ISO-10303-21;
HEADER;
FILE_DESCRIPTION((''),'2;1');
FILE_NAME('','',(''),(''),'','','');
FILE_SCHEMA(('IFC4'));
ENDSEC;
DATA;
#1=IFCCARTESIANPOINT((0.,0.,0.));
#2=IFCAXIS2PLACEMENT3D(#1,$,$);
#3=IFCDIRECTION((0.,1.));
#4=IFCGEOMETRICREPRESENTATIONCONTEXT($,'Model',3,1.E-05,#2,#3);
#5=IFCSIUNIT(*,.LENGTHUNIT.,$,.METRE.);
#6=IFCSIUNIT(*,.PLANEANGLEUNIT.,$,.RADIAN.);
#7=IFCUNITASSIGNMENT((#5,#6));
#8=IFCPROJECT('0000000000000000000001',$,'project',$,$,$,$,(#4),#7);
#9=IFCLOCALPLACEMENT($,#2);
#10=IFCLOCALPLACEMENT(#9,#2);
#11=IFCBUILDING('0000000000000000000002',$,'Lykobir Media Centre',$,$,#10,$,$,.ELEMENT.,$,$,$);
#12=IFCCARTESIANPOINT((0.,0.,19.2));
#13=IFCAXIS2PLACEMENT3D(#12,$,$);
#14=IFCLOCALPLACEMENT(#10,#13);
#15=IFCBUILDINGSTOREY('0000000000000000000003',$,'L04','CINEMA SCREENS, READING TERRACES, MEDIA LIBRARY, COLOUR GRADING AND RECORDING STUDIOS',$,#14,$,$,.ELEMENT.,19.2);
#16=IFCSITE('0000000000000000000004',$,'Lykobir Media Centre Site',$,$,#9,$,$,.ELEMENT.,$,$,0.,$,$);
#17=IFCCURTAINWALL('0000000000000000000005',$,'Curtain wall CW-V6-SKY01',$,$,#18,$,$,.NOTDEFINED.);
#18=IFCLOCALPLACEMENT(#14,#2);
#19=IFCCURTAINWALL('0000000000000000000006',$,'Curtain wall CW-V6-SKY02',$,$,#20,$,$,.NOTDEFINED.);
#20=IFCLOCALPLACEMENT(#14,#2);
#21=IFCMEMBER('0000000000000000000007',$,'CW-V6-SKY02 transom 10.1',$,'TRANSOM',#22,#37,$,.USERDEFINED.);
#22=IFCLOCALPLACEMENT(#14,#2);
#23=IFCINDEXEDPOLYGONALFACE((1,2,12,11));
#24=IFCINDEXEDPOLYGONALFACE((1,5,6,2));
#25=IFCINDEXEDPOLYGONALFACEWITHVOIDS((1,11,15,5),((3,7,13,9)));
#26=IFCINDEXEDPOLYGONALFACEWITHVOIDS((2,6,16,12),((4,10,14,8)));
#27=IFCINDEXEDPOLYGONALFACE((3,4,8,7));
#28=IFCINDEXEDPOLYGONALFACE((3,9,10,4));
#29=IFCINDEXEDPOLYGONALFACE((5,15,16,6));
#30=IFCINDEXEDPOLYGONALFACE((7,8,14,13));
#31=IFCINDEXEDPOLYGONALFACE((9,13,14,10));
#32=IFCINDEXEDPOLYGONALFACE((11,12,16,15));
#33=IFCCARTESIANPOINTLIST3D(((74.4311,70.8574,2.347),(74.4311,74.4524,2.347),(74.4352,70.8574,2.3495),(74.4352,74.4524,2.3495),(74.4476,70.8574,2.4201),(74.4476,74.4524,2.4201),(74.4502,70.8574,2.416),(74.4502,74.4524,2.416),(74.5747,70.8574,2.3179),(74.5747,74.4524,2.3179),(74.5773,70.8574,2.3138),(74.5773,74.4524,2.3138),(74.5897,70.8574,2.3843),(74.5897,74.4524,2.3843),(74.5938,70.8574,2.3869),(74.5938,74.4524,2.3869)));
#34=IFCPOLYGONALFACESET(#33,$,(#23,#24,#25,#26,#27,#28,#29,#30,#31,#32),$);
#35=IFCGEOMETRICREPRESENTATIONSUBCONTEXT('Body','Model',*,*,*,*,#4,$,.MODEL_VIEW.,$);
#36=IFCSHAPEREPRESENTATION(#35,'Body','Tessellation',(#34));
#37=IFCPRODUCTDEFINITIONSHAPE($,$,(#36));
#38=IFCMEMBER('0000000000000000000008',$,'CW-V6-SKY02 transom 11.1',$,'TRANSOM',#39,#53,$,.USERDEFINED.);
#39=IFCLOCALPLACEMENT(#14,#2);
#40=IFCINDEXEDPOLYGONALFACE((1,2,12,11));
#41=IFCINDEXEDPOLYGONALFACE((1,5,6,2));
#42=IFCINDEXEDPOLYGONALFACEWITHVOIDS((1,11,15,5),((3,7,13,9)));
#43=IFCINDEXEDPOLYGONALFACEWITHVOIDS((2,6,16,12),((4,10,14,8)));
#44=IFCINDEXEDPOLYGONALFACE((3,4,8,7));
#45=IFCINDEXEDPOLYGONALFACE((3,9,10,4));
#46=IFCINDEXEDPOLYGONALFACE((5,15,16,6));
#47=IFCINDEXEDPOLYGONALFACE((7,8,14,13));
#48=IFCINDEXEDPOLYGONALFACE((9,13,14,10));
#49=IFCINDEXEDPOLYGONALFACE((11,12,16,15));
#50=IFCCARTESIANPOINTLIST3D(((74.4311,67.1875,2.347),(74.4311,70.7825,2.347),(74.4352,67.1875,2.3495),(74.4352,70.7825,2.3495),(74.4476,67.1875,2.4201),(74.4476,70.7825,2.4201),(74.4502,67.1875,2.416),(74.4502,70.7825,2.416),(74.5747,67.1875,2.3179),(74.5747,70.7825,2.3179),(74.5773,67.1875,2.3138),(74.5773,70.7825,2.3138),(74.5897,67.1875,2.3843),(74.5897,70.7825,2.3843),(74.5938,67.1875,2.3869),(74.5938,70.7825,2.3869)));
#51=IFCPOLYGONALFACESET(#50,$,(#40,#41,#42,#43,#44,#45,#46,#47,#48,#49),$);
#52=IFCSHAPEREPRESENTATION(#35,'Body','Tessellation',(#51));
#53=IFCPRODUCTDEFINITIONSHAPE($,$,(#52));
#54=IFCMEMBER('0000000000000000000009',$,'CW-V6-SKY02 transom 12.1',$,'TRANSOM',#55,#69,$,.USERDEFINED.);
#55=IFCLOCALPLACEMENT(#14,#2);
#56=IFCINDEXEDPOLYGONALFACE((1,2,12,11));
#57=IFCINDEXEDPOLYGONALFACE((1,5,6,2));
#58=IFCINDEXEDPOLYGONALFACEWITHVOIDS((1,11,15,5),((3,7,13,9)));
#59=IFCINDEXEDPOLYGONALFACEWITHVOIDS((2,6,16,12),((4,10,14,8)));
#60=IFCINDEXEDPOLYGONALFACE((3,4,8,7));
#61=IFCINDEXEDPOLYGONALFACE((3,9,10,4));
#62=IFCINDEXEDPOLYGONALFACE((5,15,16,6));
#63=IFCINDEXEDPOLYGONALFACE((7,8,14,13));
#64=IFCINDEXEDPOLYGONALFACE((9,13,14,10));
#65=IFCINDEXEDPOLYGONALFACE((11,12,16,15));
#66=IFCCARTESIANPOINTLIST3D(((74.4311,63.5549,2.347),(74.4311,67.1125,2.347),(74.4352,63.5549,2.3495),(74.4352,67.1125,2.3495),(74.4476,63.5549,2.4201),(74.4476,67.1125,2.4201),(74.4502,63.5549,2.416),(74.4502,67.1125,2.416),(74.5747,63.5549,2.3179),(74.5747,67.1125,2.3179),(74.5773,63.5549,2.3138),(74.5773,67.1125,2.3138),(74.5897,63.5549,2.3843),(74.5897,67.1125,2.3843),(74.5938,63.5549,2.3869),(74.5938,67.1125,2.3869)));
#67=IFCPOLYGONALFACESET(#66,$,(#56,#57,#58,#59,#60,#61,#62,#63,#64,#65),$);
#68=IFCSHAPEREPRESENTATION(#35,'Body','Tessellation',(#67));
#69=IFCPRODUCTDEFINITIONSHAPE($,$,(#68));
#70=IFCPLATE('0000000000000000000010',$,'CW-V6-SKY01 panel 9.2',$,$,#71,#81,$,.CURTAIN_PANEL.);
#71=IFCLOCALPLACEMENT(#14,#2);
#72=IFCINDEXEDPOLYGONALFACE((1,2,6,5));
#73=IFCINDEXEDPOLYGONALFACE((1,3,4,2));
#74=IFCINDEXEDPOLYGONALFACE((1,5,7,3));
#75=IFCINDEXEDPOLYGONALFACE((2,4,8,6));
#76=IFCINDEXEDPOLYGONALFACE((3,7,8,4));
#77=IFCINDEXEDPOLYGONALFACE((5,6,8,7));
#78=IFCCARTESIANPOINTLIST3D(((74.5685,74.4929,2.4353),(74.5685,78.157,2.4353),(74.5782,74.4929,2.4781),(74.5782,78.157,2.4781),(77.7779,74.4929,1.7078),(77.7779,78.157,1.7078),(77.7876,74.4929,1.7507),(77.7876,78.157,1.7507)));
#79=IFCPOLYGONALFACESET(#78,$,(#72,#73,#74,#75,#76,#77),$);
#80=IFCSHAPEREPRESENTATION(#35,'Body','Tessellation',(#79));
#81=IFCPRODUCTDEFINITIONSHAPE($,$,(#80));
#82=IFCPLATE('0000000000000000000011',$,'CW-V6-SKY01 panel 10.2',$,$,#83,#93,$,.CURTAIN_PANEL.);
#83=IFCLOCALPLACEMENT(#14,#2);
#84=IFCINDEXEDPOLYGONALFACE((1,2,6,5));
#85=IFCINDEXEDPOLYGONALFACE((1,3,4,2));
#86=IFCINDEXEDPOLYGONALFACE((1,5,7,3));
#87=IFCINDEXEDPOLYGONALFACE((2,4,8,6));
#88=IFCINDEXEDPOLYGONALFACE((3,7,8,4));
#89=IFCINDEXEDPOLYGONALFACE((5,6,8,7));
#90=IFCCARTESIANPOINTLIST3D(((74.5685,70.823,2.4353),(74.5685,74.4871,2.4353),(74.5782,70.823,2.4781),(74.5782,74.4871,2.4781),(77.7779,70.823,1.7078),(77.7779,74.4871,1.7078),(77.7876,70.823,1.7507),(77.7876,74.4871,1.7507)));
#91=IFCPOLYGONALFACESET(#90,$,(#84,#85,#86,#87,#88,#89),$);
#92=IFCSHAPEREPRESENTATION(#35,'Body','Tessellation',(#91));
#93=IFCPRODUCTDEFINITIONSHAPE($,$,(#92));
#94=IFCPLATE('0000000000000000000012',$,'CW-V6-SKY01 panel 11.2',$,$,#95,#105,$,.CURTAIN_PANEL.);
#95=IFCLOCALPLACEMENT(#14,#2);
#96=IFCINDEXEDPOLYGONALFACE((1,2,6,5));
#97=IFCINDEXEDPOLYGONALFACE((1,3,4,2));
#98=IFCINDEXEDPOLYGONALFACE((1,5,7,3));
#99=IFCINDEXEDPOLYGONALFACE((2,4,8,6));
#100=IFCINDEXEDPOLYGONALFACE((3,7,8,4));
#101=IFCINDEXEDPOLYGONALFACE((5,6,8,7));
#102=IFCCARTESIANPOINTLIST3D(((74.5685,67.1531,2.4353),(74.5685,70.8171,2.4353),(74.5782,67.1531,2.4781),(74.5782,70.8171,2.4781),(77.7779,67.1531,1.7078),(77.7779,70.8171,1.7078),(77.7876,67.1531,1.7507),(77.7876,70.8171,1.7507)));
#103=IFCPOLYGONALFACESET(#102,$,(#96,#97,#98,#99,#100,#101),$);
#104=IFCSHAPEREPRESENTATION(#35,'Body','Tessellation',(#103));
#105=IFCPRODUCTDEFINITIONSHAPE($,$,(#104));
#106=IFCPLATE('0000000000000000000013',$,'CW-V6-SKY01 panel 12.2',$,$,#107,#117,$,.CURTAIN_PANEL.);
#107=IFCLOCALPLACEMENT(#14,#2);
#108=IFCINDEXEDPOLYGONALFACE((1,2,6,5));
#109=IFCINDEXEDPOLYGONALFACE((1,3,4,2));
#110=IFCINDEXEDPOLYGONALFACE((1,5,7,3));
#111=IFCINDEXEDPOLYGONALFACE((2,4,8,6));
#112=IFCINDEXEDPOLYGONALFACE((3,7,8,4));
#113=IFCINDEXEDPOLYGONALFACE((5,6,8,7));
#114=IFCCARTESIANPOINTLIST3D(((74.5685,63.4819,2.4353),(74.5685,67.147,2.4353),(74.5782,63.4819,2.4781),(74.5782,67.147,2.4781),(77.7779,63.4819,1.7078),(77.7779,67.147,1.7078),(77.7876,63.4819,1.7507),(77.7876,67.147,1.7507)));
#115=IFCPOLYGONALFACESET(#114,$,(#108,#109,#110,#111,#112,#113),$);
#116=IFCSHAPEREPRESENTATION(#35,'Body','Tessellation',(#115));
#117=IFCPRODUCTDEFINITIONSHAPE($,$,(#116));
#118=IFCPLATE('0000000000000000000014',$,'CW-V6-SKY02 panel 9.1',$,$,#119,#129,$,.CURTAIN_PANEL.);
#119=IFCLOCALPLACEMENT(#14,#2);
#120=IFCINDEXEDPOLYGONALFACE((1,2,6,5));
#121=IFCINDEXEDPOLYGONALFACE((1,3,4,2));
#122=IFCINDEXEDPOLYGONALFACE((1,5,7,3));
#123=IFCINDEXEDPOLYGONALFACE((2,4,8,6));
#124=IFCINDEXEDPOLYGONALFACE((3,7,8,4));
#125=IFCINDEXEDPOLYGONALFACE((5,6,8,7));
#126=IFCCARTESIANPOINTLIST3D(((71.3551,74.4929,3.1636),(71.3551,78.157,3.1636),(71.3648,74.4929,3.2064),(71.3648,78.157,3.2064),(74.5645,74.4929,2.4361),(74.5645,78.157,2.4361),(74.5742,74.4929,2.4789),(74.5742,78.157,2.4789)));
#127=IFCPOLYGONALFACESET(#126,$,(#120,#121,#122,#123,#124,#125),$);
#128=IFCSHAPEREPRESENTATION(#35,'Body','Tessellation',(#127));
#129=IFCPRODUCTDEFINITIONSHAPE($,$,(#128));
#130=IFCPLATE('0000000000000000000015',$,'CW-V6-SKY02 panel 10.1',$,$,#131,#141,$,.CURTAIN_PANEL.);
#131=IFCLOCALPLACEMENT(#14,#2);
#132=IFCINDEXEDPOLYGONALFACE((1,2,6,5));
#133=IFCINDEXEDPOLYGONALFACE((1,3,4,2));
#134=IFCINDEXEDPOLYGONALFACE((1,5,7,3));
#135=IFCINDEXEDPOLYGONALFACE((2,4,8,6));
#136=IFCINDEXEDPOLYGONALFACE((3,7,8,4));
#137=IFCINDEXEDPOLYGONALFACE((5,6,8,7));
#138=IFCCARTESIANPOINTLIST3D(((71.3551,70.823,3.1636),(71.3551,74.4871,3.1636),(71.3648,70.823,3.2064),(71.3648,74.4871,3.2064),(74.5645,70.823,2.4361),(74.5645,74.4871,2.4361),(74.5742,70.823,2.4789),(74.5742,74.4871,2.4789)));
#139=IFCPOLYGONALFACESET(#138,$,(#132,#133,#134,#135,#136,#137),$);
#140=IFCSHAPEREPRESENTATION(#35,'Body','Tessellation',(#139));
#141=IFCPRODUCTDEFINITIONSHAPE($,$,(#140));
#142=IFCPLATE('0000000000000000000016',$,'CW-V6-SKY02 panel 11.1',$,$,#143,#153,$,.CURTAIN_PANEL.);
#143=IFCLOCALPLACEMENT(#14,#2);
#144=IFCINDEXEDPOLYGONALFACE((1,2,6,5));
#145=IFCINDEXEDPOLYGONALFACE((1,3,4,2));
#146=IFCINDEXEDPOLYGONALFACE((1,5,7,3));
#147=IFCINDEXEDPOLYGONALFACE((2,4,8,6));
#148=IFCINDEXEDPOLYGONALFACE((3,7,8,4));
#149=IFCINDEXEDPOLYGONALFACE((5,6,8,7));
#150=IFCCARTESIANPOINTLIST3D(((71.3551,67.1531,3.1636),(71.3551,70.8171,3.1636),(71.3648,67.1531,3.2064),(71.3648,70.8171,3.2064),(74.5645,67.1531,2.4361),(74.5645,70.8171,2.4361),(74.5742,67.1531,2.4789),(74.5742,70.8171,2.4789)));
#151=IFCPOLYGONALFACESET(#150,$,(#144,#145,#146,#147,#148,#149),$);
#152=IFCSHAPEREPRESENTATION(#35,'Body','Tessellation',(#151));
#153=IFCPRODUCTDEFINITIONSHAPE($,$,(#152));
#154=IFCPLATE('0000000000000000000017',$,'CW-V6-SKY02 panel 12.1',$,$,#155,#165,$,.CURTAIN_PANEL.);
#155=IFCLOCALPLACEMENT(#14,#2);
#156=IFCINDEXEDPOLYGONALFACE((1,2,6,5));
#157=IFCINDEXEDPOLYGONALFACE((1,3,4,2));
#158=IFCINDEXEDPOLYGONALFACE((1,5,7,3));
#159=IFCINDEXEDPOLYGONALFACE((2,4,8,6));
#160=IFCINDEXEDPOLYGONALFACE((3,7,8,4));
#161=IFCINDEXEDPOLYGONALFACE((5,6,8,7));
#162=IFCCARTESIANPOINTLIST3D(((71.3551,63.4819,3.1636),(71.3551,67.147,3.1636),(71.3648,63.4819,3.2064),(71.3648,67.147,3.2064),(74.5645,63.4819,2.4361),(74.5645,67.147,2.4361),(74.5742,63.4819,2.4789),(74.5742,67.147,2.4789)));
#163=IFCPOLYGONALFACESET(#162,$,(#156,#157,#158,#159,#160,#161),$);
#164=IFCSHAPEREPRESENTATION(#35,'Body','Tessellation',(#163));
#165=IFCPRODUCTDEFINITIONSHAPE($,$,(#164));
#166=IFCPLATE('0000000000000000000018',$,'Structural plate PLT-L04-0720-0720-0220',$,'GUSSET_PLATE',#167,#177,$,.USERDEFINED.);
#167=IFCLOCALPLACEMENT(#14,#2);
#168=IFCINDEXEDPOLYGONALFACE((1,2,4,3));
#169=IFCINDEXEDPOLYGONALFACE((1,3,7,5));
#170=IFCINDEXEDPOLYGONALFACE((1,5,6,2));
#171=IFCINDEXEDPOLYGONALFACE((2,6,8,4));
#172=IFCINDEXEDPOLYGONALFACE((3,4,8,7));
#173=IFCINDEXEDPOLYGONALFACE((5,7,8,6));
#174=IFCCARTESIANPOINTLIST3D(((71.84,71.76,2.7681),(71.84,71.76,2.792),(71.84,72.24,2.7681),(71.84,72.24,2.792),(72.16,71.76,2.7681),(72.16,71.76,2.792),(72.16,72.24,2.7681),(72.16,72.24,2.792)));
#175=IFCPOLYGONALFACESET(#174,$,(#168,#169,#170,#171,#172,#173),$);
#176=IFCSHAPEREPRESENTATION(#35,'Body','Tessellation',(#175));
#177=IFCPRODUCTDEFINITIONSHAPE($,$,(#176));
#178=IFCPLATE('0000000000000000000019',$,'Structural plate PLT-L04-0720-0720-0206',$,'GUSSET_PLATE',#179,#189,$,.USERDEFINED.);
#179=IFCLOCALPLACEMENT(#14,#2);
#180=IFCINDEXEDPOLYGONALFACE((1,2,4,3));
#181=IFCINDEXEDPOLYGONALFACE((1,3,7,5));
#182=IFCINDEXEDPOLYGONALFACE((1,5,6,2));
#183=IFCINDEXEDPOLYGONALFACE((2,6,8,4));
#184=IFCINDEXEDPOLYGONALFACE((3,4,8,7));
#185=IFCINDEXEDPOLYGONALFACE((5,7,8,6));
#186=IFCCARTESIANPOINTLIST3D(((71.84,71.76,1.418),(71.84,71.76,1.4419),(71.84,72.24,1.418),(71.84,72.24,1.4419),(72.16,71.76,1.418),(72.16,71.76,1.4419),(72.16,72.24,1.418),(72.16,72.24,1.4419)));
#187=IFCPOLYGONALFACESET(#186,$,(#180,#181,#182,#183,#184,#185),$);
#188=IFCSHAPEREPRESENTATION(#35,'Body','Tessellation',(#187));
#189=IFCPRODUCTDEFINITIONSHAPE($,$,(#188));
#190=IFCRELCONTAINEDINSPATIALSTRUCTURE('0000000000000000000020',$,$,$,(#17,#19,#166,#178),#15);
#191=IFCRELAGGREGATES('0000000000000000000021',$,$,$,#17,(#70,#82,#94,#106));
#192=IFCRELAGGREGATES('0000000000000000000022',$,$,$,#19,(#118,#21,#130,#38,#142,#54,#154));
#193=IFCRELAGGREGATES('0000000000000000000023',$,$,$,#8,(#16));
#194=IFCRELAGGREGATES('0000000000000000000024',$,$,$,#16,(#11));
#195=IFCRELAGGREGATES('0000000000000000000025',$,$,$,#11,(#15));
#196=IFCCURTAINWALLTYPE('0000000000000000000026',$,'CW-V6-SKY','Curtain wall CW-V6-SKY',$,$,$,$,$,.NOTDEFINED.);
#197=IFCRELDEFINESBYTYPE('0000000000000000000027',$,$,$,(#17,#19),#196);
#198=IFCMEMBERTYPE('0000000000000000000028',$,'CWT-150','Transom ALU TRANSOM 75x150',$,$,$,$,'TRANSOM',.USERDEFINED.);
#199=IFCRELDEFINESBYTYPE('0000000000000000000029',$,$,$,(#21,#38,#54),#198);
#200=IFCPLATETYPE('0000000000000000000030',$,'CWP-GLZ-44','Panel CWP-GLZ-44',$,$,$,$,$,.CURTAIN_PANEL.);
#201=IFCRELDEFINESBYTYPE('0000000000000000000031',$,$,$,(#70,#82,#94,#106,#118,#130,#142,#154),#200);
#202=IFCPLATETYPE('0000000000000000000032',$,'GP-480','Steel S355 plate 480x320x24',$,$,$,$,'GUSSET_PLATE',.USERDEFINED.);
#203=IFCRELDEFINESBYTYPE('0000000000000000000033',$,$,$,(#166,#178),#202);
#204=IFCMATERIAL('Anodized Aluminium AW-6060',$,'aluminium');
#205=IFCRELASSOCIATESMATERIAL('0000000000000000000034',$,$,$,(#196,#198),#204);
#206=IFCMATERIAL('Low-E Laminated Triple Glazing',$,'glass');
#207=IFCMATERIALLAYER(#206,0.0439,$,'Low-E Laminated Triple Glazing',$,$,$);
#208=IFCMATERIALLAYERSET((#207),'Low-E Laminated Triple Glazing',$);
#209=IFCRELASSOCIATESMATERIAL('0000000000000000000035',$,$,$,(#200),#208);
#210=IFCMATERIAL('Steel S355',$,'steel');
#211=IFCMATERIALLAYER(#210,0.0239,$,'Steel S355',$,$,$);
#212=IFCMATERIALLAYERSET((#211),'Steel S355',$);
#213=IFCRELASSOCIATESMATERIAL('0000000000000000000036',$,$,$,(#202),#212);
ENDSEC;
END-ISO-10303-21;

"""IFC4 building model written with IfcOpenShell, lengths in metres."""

from ifc_helpers import new_model, si_unit, direction, frame, origin, origin_2d, place, context, subcontext, project, spatial, rectangle, hollow_rectangle, extrude, material, layer, layer_set, material_profile, profile_set, type_object, element, aggregate, save


model = new_model("IFC4")

# Units and contexts
model_context = context("Model", 3, precision=1e-05, world=origin(), true_north=direction((0.0, 1.0)))
body_context = subcontext(model_context, "Body", "Model", "MODEL_VIEW")
ifc_project = project(units=[si_unit("LENGTHUNIT", "METRE"), si_unit("PLANEANGLEUNIT", "RADIAN")], contexts=[model_context])

# Site, building, storey
site_placement = place(None, origin())
site = spatial("IfcSite", under=ifc_project, at=site_placement, Name="Lykobir Media Centre Site", CompositionType="ELEMENT", RefElevation=0.0)
building_placement = place(site_placement, origin())
building = spatial("IfcBuilding", under=site, at=building_placement, Name="Lykobir Media Centre", CompositionType="ELEMENT")
storey_placement = place(building_placement, frame((0.0, 0.0, 19.2)))
storey = spatial("IfcBuildingStorey", under=building, at=storey_placement, Name="L04", Description="CINEMA SCREENS, READING TERRACES, MEDIA LIBRARY, COLOUR GRADING AND RECORDING STUDIOS", CompositionType="ELEMENT", Elevation=19.2)

# Shared definitions
ifc_material_1 = material(Name="Steel S355", Category="steel")

# Curtain walls, members
ifc_material_2 = material(Name="Anodized Aluminium AW-6060", Category="aluminium")
curtain_wall_type = type_object("IfcCurtainWallType", Name="CW-V6-SKY", Description="Curtain wall CW-V6-SKY", PredefinedType="NOTDEFINED", material=ifc_material_2)
curtain_wall_1_placement = place(storey_placement, origin())
curtain_wall_1 = element("IfcCurtainWall", 1, at=curtain_wall_1_placement, inside=storey, type_object=curtain_wall_type, Name="Curtain wall CW-V6-SKY01", PredefinedType="NOTDEFINED")
ifc_material_profile_1 = material_profile(ifc_material_2, hollow_rectangle(XDim=0.075, YDim=0.1499, WallThickness=0.0034, at=origin_2d()), Name="ALU TRANSOM 75x150")
ifc_profile_set_1 = profile_set([ifc_material_profile_1], Name="Anodized Aluminium AW-6060")
member_type_1 = type_object("IfcMemberType", Name="CWT-150", Description="Transom ALU TRANSOM 75x150", ElementType="TRANSOM", PredefinedType="USERDEFINED", material=ifc_profile_set_1)
curtain_wall_2_placement = place(storey_placement, origin())
curtain_wall_2 = element("IfcCurtainWall", 2, at=curtain_wall_2_placement, inside=storey, type_object=curtain_wall_type, Name="Curtain wall CW-V6-SKY02", PredefinedType="NOTDEFINED")
member_1_placement = place(storey_placement, frame((74.5125, 74.4524, 2.3669), z_axis=(0.0, -1.0, 0.0), x_axis=(0.221072, 0.0, 0.975258)))
member_1 = element("IfcMember", 3, at=member_1_placement, type_object=member_type_1, Name="CW-V6-SKY02 transom 10.1", ObjectType="TRANSOM", PredefinedType="USERDEFINED", context=body_context, shape_type="SweptSolid", body=[
    extrude(hollow_rectangle(XDim=0.075, YDim=0.1499, WallThickness=0.0034, at=origin_2d()), origin(), (0.0, 0.0, 1.0), 3.595),
])
member_2_placement = place(storey_placement, frame((74.5125, 70.7825, 2.3669), z_axis=(0.0, -1.0, 0.0), x_axis=(0.221072, 0.0, 0.975258)))
member_2 = element("IfcMember", 4, at=member_2_placement, type_object=member_type_1, Name="CW-V6-SKY02 transom 11.1", ObjectType="TRANSOM", PredefinedType="USERDEFINED", context=body_context, shape_type="SweptSolid", body=[
    extrude(hollow_rectangle(XDim=0.075, YDim=0.1499, WallThickness=0.0034, at=origin_2d()), origin(), (0.0, 0.0, 1.0), 3.595),
])
member_3_placement = place(storey_placement, frame((74.5125, 67.1125, 2.3669), z_axis=(0.0, -1.0, 0.0), x_axis=(0.221072, 0.0, 0.975258)))
member_3 = element("IfcMember", 5, at=member_3_placement, type_object=member_type_1, Name="CW-V6-SKY02 transom 12.1", ObjectType="TRANSOM", PredefinedType="USERDEFINED", context=body_context, shape_type="SweptSolid", body=[
    extrude(hollow_rectangle(XDim=0.075, YDim=0.1499, WallThickness=0.0034, at=origin_2d()), origin(), (0.0, 0.0, 1.0), 3.5576),
])

# Plates
ifc_material_3 = material(Name="Low-E Laminated Triple Glazing", Category="glass")
ifc_layer_1 = layer(ifc_material_3, 0.0439, Name="Low-E Laminated Triple Glazing")
ifc_layer_set_1 = layer_set([ifc_layer_1], Name="Low-E Laminated Triple Glazing")
plate_type_1 = type_object("IfcPlateType", Name="CWP-GLZ-44", Description="Panel CWP-GLZ-44", PredefinedType="CURTAIN_PANEL", material=ifc_layer_set_1)
plate_1_placement = place(storey_placement, frame((77.7827, 76.325, 1.7292), z_axis=(-0.975261, 0.0, 0.221055), x_axis=(0.0, -1.0, 0.0)))
plate_1 = element("IfcPlate", 6, at=plate_1_placement, type_object=plate_type_1, Name="CW-V6-SKY01 panel 9.2", PredefinedType="CURTAIN_PANEL", context=body_context, shape_type="SweptSolid", body=[
    extrude(rectangle(XDim=3.6641, YDim=0.0439, at=origin_2d()), origin(), (0.0, 0.0, 1.0), 3.2908),
])
plate_2_placement = place(storey_placement, frame((77.7827, 72.655, 1.7292), z_axis=(-0.975261, 0.0, 0.221055), x_axis=(0.0, -1.0, 0.0)))
plate_2 = element("IfcPlate", 7, at=plate_2_placement, type_object=plate_type_1, Name="CW-V6-SKY01 panel 10.2", PredefinedType="CURTAIN_PANEL", context=body_context, shape_type="SweptSolid", body=[
    extrude(rectangle(XDim=3.6641, YDim=0.0439, at=origin_2d()), origin(), (0.0, 0.0, 1.0), 3.2908),
])
plate_3_placement = place(storey_placement, frame((77.7827, 68.9851, 1.7292), z_axis=(-0.975261, 0.0, 0.221055), x_axis=(0.0, -1.0, 0.0)))
plate_3 = element("IfcPlate", 8, at=plate_3_placement, type_object=plate_type_1, Name="CW-V6-SKY01 panel 11.2", PredefinedType="CURTAIN_PANEL", context=body_context, shape_type="SweptSolid", body=[
    extrude(rectangle(XDim=3.6641, YDim=0.0439, at=origin_2d()), origin(), (0.0, 0.0, 1.0), 3.2908),
])
plate_4_placement = place(storey_placement, frame((77.7827, 65.3145, 1.7292), z_axis=(-0.975261, 0.0, 0.221055), x_axis=(0.0, -1.0, 0.0)))
plate_4 = element("IfcPlate", 9, at=plate_4_placement, type_object=plate_type_1, Name="CW-V6-SKY01 panel 12.2", PredefinedType="CURTAIN_PANEL", context=body_context, shape_type="SweptSolid", body=[
    extrude(rectangle(XDim=3.665, YDim=0.0439, at=origin_2d()), origin(), (0.0, 0.0, 1.0), 3.2908),
])
aggregate(curtain_wall_1, [plate_1, plate_2, plate_3, plate_4])
plate_5_placement = place(storey_placement, frame((74.5693, 76.325, 2.4575), z_axis=(-0.975258, 0.0, 0.221072), x_axis=(0.0, -1.0, 0.0)))
plate_5 = element("IfcPlate", 10, at=plate_5_placement, type_object=plate_type_1, Name="CW-V6-SKY02 panel 9.1", PredefinedType="CURTAIN_PANEL", context=body_context, shape_type="SweptSolid", body=[
    extrude(rectangle(XDim=3.6641, YDim=0.0439, at=origin_2d()), origin(), (0.0, 0.0, 1.0), 3.2908),
])
plate_6_placement = place(storey_placement, frame((74.5693, 72.655, 2.4575), z_axis=(-0.975258, 0.0, 0.221072), x_axis=(0.0, -1.0, 0.0)))
plate_6 = element("IfcPlate", 11, at=plate_6_placement, type_object=plate_type_1, Name="CW-V6-SKY02 panel 10.1", PredefinedType="CURTAIN_PANEL", context=body_context, shape_type="SweptSolid", body=[
    extrude(rectangle(XDim=3.6641, YDim=0.0439, at=origin_2d()), origin(), (0.0, 0.0, 1.0), 3.2908),
])
plate_7_placement = place(storey_placement, frame((74.5693, 68.9851, 2.4575), z_axis=(-0.975258, 0.0, 0.221072), x_axis=(0.0, -1.0, 0.0)))
plate_7 = element("IfcPlate", 12, at=plate_7_placement, type_object=plate_type_1, Name="CW-V6-SKY02 panel 11.1", PredefinedType="CURTAIN_PANEL", context=body_context, shape_type="SweptSolid", body=[
    extrude(rectangle(XDim=3.6641, YDim=0.0439, at=origin_2d()), origin(), (0.0, 0.0, 1.0), 3.2908),
])
plate_8_placement = place(storey_placement, frame((74.5693, 65.3145, 2.4575), z_axis=(-0.975258, 0.0, 0.221072), x_axis=(0.0, -1.0, 0.0)))
plate_8 = element("IfcPlate", 13, at=plate_8_placement, type_object=plate_type_1, Name="CW-V6-SKY02 panel 12.1", PredefinedType="CURTAIN_PANEL", context=body_context, shape_type="SweptSolid", body=[
    extrude(rectangle(XDim=3.665, YDim=0.0439, at=origin_2d()), origin(), (0.0, 0.0, 1.0), 3.2908),
])
aggregate(curtain_wall_2, [plate_5, member_1, plate_6, member_2, plate_7, member_3, plate_8])

# Plates
ifc_layer_2 = layer(ifc_material_1, 0.0239, Name="Steel S355")
ifc_layer_set_2 = layer_set([ifc_layer_2], Name="Steel S355")
plate_type_2 = type_object("IfcPlateType", Name="GP-480", Description="Steel S355 plate 480x320x24", ElementType="GUSSET_PLATE", PredefinedType="USERDEFINED", material=ifc_layer_set_2)
for number, where, z_axis, x_axis, name in (
    (14, (72.0, 72.0, 2.7681), (0.0, 0.0, 1.0), (0.0, 1.0, 0.0), "Structural plate PLT-L04-0720-0720-0220"),
    (15, (72.0, 72.0, 1.418), (0.0, 0.0, 1.0), (0.0, 1.0, 0.0), "Structural plate PLT-L04-0720-0720-0206"),
):
    element("IfcPlate", number, at=place(storey_placement, frame(where, z_axis=z_axis, x_axis=x_axis)), inside=storey, type_object=plate_type_2, Name=name, ObjectType="GUSSET_PLATE", PredefinedType="USERDEFINED", context=body_context, shape_type="SweptSolid", body=[
        extrude(rectangle(XDim=0.48, YDim=0.3201, at=origin_2d()), origin(), (0.0, 0.0, 1.0), 0.0239),
    ])

save(model, "model.ifc")
